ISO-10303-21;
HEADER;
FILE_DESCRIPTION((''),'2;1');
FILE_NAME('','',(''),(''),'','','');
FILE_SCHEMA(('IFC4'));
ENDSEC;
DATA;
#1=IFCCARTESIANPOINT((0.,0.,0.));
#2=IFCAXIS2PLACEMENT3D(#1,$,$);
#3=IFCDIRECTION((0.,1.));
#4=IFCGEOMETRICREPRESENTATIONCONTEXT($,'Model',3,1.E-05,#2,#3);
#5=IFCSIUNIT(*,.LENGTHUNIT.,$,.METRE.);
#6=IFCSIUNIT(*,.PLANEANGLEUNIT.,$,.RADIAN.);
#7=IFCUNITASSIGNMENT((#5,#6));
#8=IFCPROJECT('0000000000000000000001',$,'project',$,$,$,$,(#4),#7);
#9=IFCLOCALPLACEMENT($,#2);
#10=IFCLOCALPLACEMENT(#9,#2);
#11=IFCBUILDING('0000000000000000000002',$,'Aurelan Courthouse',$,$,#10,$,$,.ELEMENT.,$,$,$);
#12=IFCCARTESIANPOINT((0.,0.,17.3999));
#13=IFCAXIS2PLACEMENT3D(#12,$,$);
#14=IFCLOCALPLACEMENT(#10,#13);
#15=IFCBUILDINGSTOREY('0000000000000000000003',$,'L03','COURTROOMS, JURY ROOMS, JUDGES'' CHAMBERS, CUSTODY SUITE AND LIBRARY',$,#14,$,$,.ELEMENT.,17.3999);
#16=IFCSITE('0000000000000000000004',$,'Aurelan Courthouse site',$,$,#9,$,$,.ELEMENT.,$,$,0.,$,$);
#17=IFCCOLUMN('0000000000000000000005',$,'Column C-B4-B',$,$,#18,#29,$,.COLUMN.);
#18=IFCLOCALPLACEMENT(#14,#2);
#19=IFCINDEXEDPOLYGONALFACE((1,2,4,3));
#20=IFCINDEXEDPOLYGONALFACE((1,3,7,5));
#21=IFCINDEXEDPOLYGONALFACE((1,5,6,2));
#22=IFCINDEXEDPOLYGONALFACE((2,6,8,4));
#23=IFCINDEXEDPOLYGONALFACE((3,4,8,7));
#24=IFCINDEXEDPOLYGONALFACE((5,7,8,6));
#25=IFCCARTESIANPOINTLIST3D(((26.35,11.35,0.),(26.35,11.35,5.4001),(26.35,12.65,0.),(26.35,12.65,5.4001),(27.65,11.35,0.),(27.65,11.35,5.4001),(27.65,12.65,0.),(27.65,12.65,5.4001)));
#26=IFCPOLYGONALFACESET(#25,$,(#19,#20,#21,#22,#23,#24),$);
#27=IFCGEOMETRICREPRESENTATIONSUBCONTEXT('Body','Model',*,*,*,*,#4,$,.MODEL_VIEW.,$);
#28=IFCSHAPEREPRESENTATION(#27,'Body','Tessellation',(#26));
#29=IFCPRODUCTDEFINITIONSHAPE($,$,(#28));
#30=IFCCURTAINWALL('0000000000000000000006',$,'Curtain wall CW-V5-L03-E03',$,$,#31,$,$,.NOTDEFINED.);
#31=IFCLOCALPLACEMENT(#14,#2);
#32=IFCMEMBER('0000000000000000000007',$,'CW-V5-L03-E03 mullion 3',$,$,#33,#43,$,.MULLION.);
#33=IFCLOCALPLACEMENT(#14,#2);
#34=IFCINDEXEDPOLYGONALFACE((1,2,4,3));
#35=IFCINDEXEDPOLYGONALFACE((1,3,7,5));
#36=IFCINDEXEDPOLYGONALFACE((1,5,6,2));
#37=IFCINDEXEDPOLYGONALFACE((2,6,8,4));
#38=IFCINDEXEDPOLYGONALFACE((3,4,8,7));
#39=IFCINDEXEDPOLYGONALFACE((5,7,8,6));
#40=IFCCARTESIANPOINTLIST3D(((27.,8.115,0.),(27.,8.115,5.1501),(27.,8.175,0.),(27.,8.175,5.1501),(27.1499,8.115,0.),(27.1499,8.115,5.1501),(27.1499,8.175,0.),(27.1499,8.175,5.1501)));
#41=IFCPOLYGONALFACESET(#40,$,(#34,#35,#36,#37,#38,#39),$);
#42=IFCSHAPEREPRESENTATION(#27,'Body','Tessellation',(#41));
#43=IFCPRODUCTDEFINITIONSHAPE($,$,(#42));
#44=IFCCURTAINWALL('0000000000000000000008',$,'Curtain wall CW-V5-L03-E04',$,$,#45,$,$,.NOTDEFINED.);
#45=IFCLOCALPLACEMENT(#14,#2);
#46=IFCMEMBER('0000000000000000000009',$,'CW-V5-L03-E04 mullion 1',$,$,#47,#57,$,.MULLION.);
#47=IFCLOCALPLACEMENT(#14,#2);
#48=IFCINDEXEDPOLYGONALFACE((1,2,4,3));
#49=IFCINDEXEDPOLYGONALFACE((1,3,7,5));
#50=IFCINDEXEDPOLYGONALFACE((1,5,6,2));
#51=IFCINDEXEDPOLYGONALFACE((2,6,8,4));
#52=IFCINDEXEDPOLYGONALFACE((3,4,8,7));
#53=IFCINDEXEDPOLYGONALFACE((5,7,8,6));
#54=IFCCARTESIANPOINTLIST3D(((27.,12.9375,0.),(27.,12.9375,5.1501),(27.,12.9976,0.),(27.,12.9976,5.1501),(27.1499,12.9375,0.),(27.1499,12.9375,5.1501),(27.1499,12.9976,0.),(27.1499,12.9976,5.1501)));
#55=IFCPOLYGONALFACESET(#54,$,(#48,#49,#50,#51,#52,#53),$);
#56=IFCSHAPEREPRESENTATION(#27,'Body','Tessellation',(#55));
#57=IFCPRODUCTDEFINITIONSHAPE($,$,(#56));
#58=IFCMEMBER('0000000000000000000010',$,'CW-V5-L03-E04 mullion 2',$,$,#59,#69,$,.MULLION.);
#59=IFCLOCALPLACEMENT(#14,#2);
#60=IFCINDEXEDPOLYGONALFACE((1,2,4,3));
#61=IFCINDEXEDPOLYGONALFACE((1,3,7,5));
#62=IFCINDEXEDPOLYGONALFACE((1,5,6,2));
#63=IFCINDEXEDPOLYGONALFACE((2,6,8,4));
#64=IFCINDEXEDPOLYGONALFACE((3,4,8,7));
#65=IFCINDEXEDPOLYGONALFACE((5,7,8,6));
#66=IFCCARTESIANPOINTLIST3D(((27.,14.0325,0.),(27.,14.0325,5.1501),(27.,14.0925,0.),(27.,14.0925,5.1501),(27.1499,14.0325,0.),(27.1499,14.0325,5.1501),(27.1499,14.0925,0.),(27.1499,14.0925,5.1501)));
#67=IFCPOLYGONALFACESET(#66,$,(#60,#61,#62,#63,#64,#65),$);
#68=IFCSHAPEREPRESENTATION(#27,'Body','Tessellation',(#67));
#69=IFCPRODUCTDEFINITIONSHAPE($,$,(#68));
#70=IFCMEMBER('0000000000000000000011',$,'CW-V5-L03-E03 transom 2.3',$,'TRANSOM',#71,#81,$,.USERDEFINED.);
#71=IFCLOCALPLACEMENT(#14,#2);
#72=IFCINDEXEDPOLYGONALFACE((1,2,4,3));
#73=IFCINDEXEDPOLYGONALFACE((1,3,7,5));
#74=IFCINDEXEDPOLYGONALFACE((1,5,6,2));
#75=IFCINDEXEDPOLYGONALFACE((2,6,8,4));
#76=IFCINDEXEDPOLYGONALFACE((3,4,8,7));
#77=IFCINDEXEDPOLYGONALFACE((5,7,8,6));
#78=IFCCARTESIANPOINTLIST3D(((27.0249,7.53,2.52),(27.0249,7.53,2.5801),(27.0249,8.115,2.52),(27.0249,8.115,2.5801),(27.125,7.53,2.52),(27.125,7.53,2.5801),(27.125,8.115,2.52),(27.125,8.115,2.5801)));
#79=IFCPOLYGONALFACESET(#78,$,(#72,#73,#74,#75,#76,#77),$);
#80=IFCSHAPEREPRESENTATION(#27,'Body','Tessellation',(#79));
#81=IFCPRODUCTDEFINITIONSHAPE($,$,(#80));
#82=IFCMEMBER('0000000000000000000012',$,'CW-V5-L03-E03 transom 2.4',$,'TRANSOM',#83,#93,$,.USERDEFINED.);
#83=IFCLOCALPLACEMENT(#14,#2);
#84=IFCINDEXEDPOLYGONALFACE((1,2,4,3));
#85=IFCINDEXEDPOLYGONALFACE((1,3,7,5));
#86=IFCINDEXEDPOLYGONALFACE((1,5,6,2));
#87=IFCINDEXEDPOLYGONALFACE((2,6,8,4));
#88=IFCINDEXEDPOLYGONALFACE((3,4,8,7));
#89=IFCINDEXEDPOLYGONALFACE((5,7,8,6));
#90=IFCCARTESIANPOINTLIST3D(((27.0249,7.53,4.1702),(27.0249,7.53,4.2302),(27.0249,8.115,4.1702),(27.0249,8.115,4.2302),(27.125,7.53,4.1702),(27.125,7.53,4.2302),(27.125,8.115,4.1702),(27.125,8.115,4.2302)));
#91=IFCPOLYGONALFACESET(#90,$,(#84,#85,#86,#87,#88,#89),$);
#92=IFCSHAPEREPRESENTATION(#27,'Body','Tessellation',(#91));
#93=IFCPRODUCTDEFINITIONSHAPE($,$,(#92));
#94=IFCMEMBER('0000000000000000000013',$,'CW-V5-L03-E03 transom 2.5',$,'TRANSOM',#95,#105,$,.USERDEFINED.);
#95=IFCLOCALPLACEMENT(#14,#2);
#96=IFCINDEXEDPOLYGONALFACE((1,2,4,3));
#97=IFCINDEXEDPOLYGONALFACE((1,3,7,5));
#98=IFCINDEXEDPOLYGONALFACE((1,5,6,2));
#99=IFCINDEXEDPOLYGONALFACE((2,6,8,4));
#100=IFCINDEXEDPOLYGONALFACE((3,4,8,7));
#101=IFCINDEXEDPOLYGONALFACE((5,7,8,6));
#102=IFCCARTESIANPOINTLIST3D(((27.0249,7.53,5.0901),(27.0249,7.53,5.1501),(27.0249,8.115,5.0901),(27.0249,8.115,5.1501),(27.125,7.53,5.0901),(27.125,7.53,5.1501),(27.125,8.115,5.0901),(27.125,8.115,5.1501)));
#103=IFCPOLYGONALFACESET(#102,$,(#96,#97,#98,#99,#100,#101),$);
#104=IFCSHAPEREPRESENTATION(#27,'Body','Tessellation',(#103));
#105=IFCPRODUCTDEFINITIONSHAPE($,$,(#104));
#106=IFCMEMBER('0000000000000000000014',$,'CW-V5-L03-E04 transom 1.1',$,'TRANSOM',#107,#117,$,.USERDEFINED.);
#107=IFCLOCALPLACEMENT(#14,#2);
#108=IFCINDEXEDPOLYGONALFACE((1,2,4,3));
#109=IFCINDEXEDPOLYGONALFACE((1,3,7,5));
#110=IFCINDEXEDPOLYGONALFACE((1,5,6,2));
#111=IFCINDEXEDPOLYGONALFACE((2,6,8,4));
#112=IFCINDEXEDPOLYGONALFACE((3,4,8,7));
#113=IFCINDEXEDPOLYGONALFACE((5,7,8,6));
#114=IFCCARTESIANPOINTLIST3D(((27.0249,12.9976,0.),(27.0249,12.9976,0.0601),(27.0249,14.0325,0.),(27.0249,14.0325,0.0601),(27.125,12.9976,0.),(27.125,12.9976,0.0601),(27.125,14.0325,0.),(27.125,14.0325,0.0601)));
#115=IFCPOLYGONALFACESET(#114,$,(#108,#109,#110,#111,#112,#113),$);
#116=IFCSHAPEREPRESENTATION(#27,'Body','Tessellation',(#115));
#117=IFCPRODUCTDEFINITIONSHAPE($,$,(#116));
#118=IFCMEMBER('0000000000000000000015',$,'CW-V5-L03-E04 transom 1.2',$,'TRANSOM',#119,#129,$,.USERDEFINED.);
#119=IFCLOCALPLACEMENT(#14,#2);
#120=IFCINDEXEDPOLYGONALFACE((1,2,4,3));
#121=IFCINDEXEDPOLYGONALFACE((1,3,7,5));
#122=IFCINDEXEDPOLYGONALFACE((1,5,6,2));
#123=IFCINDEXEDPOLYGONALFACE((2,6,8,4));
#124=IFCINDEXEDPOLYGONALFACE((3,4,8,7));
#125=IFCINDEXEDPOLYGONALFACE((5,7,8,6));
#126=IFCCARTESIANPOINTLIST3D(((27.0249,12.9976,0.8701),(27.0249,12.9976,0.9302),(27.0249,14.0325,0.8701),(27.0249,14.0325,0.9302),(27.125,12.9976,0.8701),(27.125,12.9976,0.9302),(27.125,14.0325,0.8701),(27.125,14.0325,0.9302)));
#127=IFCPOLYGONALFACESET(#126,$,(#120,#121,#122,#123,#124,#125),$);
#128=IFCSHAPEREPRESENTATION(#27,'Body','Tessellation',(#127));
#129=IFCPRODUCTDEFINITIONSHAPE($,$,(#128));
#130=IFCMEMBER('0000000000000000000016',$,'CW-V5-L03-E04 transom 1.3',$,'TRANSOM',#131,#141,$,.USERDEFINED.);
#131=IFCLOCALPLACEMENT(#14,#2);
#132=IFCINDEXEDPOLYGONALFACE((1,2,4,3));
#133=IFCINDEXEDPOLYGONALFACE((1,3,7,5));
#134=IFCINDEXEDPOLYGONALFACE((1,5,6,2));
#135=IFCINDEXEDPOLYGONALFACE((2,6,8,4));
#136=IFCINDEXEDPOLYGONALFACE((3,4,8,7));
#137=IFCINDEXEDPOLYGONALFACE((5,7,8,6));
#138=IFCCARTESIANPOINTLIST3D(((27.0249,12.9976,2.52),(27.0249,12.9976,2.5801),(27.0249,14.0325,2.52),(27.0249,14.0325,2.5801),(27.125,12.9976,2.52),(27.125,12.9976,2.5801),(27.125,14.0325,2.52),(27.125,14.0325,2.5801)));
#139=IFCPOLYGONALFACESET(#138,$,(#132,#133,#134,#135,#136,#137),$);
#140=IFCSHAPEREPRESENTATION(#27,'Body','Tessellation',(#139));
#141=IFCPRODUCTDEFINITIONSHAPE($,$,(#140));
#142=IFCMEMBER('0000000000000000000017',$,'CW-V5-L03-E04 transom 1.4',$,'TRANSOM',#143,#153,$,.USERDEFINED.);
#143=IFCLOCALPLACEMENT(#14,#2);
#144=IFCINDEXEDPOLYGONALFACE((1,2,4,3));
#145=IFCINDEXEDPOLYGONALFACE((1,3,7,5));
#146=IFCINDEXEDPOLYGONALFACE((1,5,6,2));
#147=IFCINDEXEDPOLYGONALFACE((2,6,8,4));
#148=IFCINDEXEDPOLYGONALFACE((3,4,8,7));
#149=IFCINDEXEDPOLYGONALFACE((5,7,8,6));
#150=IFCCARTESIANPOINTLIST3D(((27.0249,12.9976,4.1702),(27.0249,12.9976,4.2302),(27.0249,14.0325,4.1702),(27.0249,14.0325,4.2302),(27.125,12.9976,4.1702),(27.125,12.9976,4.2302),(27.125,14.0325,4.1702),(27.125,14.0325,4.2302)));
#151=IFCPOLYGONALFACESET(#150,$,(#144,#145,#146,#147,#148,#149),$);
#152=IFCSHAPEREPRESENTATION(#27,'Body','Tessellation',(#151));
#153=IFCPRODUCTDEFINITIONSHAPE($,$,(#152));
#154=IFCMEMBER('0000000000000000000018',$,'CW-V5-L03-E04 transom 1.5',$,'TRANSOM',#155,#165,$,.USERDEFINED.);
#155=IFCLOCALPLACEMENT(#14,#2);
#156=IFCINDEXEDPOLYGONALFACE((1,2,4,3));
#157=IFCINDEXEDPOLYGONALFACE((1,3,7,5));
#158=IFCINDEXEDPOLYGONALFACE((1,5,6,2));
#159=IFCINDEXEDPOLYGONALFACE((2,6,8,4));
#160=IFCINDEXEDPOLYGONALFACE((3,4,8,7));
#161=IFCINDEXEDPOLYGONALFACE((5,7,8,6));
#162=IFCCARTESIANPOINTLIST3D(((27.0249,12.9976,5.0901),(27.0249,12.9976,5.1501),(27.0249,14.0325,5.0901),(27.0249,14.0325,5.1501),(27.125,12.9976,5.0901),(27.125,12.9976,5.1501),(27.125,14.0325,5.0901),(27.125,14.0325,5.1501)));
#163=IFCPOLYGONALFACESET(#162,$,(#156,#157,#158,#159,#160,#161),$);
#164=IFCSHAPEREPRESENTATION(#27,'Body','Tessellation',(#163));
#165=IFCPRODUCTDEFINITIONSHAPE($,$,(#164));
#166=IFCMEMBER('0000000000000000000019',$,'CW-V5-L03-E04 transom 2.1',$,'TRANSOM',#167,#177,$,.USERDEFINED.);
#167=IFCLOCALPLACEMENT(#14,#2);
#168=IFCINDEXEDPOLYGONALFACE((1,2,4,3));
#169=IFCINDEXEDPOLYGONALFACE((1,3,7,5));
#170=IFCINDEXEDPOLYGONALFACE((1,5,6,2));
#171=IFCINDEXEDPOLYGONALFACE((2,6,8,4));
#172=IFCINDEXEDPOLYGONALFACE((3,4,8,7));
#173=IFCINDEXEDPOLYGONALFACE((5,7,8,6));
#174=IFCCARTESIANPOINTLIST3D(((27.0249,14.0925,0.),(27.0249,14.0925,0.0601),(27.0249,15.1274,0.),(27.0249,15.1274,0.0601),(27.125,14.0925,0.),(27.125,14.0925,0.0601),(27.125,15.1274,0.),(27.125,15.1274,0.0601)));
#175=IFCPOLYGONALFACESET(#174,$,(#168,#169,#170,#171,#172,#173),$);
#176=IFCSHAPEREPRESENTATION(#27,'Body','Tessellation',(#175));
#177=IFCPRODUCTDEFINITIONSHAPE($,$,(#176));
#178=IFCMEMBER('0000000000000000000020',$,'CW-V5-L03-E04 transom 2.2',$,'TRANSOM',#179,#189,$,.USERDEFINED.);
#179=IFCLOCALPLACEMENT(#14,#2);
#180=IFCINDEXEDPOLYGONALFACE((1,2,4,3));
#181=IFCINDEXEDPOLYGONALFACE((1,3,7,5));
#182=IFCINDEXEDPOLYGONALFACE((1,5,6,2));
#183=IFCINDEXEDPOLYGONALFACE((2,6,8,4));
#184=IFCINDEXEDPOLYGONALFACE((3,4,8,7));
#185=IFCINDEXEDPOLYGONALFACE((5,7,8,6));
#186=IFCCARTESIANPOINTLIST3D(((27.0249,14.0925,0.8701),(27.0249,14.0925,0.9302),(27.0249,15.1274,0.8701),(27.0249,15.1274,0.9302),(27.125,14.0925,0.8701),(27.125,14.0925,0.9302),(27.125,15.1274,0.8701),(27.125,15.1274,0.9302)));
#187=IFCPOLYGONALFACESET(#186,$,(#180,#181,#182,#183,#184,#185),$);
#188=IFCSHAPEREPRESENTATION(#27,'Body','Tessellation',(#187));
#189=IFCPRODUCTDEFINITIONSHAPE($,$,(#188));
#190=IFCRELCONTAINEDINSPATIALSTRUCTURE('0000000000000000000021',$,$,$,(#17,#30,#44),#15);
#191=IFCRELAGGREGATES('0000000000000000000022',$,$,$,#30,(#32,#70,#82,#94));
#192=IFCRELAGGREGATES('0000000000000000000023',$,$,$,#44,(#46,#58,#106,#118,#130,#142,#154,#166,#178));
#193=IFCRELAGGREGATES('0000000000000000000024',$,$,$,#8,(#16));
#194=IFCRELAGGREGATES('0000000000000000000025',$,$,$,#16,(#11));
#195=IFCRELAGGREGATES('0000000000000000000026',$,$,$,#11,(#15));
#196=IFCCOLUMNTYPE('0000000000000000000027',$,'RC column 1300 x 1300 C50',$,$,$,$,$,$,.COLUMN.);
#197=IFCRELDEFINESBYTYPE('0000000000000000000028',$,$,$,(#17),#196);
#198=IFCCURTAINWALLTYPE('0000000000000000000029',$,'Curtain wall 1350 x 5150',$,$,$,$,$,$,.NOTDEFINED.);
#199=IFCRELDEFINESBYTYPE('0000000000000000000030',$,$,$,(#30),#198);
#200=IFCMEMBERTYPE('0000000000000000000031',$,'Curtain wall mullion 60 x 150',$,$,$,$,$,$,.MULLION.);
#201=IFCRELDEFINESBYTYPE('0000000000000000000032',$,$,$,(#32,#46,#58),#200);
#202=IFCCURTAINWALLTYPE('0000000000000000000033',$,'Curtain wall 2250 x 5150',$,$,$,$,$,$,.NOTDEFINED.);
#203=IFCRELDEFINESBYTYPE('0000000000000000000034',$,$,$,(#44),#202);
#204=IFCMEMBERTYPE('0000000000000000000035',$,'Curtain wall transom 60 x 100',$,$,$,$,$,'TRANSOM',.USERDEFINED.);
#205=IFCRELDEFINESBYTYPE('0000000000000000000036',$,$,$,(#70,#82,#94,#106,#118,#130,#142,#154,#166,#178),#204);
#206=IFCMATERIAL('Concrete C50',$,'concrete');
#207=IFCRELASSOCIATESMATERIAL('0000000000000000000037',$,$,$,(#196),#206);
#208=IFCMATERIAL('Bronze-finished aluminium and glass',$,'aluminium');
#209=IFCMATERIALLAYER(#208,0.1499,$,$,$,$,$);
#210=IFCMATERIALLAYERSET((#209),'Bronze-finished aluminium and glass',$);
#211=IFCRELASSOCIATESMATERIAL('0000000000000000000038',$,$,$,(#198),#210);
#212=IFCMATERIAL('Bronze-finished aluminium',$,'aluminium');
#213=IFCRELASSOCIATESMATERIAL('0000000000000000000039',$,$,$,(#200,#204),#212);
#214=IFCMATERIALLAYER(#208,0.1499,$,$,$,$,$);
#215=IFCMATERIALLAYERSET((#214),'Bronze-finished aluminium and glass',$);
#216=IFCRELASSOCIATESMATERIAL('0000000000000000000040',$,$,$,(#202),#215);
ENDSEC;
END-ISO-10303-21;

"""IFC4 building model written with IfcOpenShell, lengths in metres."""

from ifc_helpers import new_model, si_unit, direction, frame, origin, origin_2d, place, context, subcontext, project, spatial, rectangle, extrude, material, layer, layer_set, material_profile, profile_set, type_object, element, aggregate, save


model = new_model("IFC4")

# Units and contexts
model_context = context("Model", 3, precision=1e-05, world=origin(), true_north=direction((0.0, 1.0)))
body_context = subcontext(model_context, "Body", "Model", "MODEL_VIEW")
ifc_project = project(units=[si_unit("LENGTHUNIT", "METRE"), si_unit("PLANEANGLEUNIT", "RADIAN")], contexts=[model_context])

# Site, building, storey
site_placement = place(None, origin())
site = spatial("IfcSite", under=ifc_project, at=site_placement, Name="Aurelan Courthouse site", CompositionType="ELEMENT", RefElevation=0.0)
building_placement = place(site_placement, origin())
building = spatial("IfcBuilding", under=site, at=building_placement, Name="Aurelan Courthouse", CompositionType="ELEMENT")
storey_placement = place(building_placement, frame((0.0, 0.0, 17.3999)))
storey = spatial("IfcBuildingStorey", under=building, at=storey_placement, Name="L03", Description="COURTROOMS, JURY ROOMS, JUDGES' CHAMBERS, CUSTODY SUITE AND LIBRARY", CompositionType="ELEMENT", Elevation=17.3999)

# Column
ifc_material_1 = material(Name="Concrete C50", Category="concrete")
ifc_material_profile_1 = material_profile(ifc_material_1, rectangle(XDim=1.3, YDim=1.3, at=origin_2d()), Name="RC 1300 x 1300")
ifc_profile_set_1 = profile_set([ifc_material_profile_1], Name="Concrete C50")
column_type = type_object("IfcColumnType", Name="RC column 1300 x 1300 C50", PredefinedType="COLUMN", material=ifc_profile_set_1)
column_placement = place(storey_placement, frame((27.0, 12.0, 0.0), z_axis=(0.0, 0.0, 1.0), x_axis=(1.0, 0.0, 0.0)))
element("IfcColumn", 1, at=column_placement, inside=storey, type_object=column_type, Name="Column C-B4-B", PredefinedType="COLUMN", context=body_context, shape_type="SweptSolid", body=[
    extrude(rectangle(XDim=1.3, YDim=1.3, at=origin_2d()), origin(), (0.0, 0.0, 1.0), 5.4001),
])

# Curtain wall, member
ifc_material_2 = material(Name="Bronze-finished aluminium and glass", Category="aluminium")
ifc_layer_1 = layer(ifc_material_2, 0.1499)
ifc_layer_set_1 = layer_set([ifc_layer_1], Name="Bronze-finished aluminium and glass")
curtain_wall_type_1 = type_object("IfcCurtainWallType", Name="Curtain wall 1350 x 5150", PredefinedType="NOTDEFINED", material=ifc_layer_set_1)
curtain_wall_1_placement = place(storey_placement, origin())
curtain_wall_1 = element("IfcCurtainWall", 2, at=curtain_wall_1_placement, inside=storey, type_object=curtain_wall_type_1, Name="Curtain wall CW-V5-L03-E03", PredefinedType="NOTDEFINED")
ifc_material_3 = material(Name="Bronze-finished aluminium", Category="aluminium")
ifc_material_profile_2 = material_profile(ifc_material_3, rectangle(XDim=0.1499, YDim=0.0601, at=origin_2d()), Name="Bronze mullion 60 x 150")
ifc_profile_set_2 = profile_set([ifc_material_profile_2], Name="Bronze-finished aluminium")
member_type_1 = type_object("IfcMemberType", Name="Curtain wall mullion 60 x 150", PredefinedType="MULLION", material=ifc_profile_set_2)
member_1_placement = place(storey_placement, frame((27.075, 8.145, 0.0), z_axis=(0.0, 0.0, 1.0), x_axis=(-1.0, 0.0, 0.0)))
member_1 = element("IfcMember", 3, at=member_1_placement, type_object=member_type_1, Name="CW-V5-L03-E03 mullion 3", PredefinedType="MULLION", context=body_context, shape_type="SweptSolid", body=[
    extrude(rectangle(XDim=0.1499, YDim=0.0601, at=origin_2d()), origin(), (0.0, 0.0, 1.0), 5.1501),
])

# Curtain wall, members
ifc_layer_2 = layer(ifc_material_2, 0.1499)
ifc_layer_set_2 = layer_set([ifc_layer_2], Name="Bronze-finished aluminium and glass")
curtain_wall_type_2 = type_object("IfcCurtainWallType", Name="Curtain wall 2250 x 5150", PredefinedType="NOTDEFINED", material=ifc_layer_set_2)
curtain_wall_2_placement = place(storey_placement, origin())
curtain_wall_2 = element("IfcCurtainWall", 4, at=curtain_wall_2_placement, inside=storey, type_object=curtain_wall_type_2, Name="Curtain wall CW-V5-L03-E04", PredefinedType="NOTDEFINED")
member_2_placement = place(storey_placement, frame((27.075, 12.9675, 0.0), z_axis=(0.0, 0.0, 1.0), x_axis=(-1.0, 0.0, 0.0)))
member_2 = element("IfcMember", 5, at=member_2_placement, type_object=member_type_1, Name="CW-V5-L03-E04 mullion 1", PredefinedType="MULLION", context=body_context, shape_type="SweptSolid", body=[
    extrude(rectangle(XDim=0.1499, YDim=0.0601, at=origin_2d()), origin(), (0.0, 0.0, 1.0), 5.1501),
])
member_3_placement = place(storey_placement, frame((27.075, 14.0625, 0.0), z_axis=(0.0, 0.0, 1.0), x_axis=(-1.0, 0.0, 0.0)))
member_3 = element("IfcMember", 6, at=member_3_placement, type_object=member_type_1, Name="CW-V5-L03-E04 mullion 2", PredefinedType="MULLION", context=body_context, shape_type="SweptSolid", body=[
    extrude(rectangle(XDim=0.1499, YDim=0.0601, at=origin_2d()), origin(), (0.0, 0.0, 1.0), 5.1501),
])

# Members
ifc_material_profile_3 = material_profile(ifc_material_3, rectangle(XDim=0.1001, YDim=0.0601, at=origin_2d()), Name="Bronze transom 60 x 100")
ifc_profile_set_3 = profile_set([ifc_material_profile_3], Name="Bronze-finished aluminium")
member_type_2 = type_object("IfcMemberType", Name="Curtain wall transom 60 x 100", ElementType="TRANSOM", PredefinedType="USERDEFINED", material=ifc_profile_set_3)
member_4_placement = place(storey_placement, frame((27.075, 7.53, 2.55), z_axis=(0.0, 1.0, 0.0), x_axis=(-1.0, 0.0, 0.0)))
member_4 = element("IfcMember", 7, at=member_4_placement, type_object=member_type_2, Name="CW-V5-L03-E03 transom 2.3", ObjectType="TRANSOM", PredefinedType="USERDEFINED", context=body_context, shape_type="SweptSolid", body=[
    extrude(rectangle(XDim=0.1001, YDim=0.0601, at=origin_2d()), origin(), (0.0, 0.0, 1.0), 0.585),
])
member_5_placement = place(storey_placement, frame((27.075, 7.53, 4.2002), z_axis=(0.0, 1.0, 0.0), x_axis=(-1.0, 0.0, 0.0)))
member_5 = element("IfcMember", 8, at=member_5_placement, type_object=member_type_2, Name="CW-V5-L03-E03 transom 2.4", ObjectType="TRANSOM", PredefinedType="USERDEFINED", context=body_context, shape_type="SweptSolid", body=[
    extrude(rectangle(XDim=0.1001, YDim=0.0601, at=origin_2d()), origin(), (0.0, 0.0, 1.0), 0.585),
])
member_6_placement = place(storey_placement, frame((27.075, 7.53, 5.1201), z_axis=(0.0, 1.0, 0.0), x_axis=(-1.0, 0.0, 0.0)))
member_6 = element("IfcMember", 9, at=member_6_placement, type_object=member_type_2, Name="CW-V5-L03-E03 transom 2.5", ObjectType="TRANSOM", PredefinedType="USERDEFINED", context=body_context, shape_type="SweptSolid", body=[
    extrude(rectangle(XDim=0.1001, YDim=0.0601, at=origin_2d()), origin(), (0.0, 0.0, 1.0), 0.585),
])
member_7_placement = place(storey_placement, frame((27.075, 12.9976, 0.03), z_axis=(0.0, 1.0, 0.0), x_axis=(-1.0, 0.0, 0.0)))
member_7 = element("IfcMember", 10, at=member_7_placement, type_object=member_type_2, Name="CW-V5-L03-E04 transom 1.1", ObjectType="TRANSOM", PredefinedType="USERDEFINED", context=body_context, shape_type="SweptSolid", body=[
    extrude(rectangle(XDim=0.1001, YDim=0.0601, at=origin_2d()), origin(), (0.0, 0.0, 1.0), 1.0349),
])
member_8_placement = place(storey_placement, frame((27.075, 12.9976, 0.9001), z_axis=(0.0, 1.0, 0.0), x_axis=(-1.0, 0.0, 0.0)))
member_8 = element("IfcMember", 11, at=member_8_placement, type_object=member_type_2, Name="CW-V5-L03-E04 transom 1.2", ObjectType="TRANSOM", PredefinedType="USERDEFINED", context=body_context, shape_type="SweptSolid", body=[
    extrude(rectangle(XDim=0.1001, YDim=0.0601, at=origin_2d()), origin(), (0.0, 0.0, 1.0), 1.0349),
])
member_9_placement = place(storey_placement, frame((27.075, 12.9976, 2.55), z_axis=(0.0, 1.0, 0.0), x_axis=(-1.0, 0.0, 0.0)))
member_9 = element("IfcMember", 12, at=member_9_placement, type_object=member_type_2, Name="CW-V5-L03-E04 transom 1.3", ObjectType="TRANSOM", PredefinedType="USERDEFINED", context=body_context, shape_type="SweptSolid", body=[
    extrude(rectangle(XDim=0.1001, YDim=0.0601, at=origin_2d()), origin(), (0.0, 0.0, 1.0), 1.0349),
])
member_10_placement = place(storey_placement, frame((27.075, 12.9976, 4.2002), z_axis=(0.0, 1.0, 0.0), x_axis=(-1.0, 0.0, 0.0)))
member_10 = element("IfcMember", 13, at=member_10_placement, type_object=member_type_2, Name="CW-V5-L03-E04 transom 1.4", ObjectType="TRANSOM", PredefinedType="USERDEFINED", context=body_context, shape_type="SweptSolid", body=[
    extrude(rectangle(XDim=0.1001, YDim=0.0601, at=origin_2d()), origin(), (0.0, 0.0, 1.0), 1.0349),
])
member_11_placement = place(storey_placement, frame((27.075, 12.9976, 5.1201), z_axis=(0.0, 1.0, 0.0), x_axis=(-1.0, 0.0, 0.0)))
member_11 = element("IfcMember", 14, at=member_11_placement, type_object=member_type_2, Name="CW-V5-L03-E04 transom 1.5", ObjectType="TRANSOM", PredefinedType="USERDEFINED", context=body_context, shape_type="SweptSolid", body=[
    extrude(rectangle(XDim=0.1001, YDim=0.0601, at=origin_2d()), origin(), (0.0, 0.0, 1.0), 1.0349),
])
member_12_placement = place(storey_placement, frame((27.075, 14.0925, 0.03), z_axis=(0.0, 1.0, 0.0), x_axis=(-1.0, 0.0, 0.0)))
member_12 = element("IfcMember", 15, at=member_12_placement, type_object=member_type_2, Name="CW-V5-L03-E04 transom 2.1", ObjectType="TRANSOM", PredefinedType="USERDEFINED", context=body_context, shape_type="SweptSolid", body=[
    extrude(rectangle(XDim=0.1001, YDim=0.0601, at=origin_2d()), origin(), (0.0, 0.0, 1.0), 1.0349),
])
member_13_placement = place(storey_placement, frame((27.075, 14.0925, 0.9001), z_axis=(0.0, 1.0, 0.0), x_axis=(-1.0, 0.0, 0.0)))
member_13 = element("IfcMember", 16, at=member_13_placement, type_object=member_type_2, Name="CW-V5-L03-E04 transom 2.2", ObjectType="TRANSOM", PredefinedType="USERDEFINED", context=body_context, shape_type="SweptSolid", body=[
    extrude(rectangle(XDim=0.1001, YDim=0.0601, at=origin_2d()), origin(), (0.0, 0.0, 1.0), 1.0349),
])

aggregate(curtain_wall_1, [member_1, member_4, member_5, member_6])
aggregate(curtain_wall_2, [member_2, member_3, member_7, member_8, member_9, member_10, member_11, member_12, member_13])

save(model, "model.ifc")
